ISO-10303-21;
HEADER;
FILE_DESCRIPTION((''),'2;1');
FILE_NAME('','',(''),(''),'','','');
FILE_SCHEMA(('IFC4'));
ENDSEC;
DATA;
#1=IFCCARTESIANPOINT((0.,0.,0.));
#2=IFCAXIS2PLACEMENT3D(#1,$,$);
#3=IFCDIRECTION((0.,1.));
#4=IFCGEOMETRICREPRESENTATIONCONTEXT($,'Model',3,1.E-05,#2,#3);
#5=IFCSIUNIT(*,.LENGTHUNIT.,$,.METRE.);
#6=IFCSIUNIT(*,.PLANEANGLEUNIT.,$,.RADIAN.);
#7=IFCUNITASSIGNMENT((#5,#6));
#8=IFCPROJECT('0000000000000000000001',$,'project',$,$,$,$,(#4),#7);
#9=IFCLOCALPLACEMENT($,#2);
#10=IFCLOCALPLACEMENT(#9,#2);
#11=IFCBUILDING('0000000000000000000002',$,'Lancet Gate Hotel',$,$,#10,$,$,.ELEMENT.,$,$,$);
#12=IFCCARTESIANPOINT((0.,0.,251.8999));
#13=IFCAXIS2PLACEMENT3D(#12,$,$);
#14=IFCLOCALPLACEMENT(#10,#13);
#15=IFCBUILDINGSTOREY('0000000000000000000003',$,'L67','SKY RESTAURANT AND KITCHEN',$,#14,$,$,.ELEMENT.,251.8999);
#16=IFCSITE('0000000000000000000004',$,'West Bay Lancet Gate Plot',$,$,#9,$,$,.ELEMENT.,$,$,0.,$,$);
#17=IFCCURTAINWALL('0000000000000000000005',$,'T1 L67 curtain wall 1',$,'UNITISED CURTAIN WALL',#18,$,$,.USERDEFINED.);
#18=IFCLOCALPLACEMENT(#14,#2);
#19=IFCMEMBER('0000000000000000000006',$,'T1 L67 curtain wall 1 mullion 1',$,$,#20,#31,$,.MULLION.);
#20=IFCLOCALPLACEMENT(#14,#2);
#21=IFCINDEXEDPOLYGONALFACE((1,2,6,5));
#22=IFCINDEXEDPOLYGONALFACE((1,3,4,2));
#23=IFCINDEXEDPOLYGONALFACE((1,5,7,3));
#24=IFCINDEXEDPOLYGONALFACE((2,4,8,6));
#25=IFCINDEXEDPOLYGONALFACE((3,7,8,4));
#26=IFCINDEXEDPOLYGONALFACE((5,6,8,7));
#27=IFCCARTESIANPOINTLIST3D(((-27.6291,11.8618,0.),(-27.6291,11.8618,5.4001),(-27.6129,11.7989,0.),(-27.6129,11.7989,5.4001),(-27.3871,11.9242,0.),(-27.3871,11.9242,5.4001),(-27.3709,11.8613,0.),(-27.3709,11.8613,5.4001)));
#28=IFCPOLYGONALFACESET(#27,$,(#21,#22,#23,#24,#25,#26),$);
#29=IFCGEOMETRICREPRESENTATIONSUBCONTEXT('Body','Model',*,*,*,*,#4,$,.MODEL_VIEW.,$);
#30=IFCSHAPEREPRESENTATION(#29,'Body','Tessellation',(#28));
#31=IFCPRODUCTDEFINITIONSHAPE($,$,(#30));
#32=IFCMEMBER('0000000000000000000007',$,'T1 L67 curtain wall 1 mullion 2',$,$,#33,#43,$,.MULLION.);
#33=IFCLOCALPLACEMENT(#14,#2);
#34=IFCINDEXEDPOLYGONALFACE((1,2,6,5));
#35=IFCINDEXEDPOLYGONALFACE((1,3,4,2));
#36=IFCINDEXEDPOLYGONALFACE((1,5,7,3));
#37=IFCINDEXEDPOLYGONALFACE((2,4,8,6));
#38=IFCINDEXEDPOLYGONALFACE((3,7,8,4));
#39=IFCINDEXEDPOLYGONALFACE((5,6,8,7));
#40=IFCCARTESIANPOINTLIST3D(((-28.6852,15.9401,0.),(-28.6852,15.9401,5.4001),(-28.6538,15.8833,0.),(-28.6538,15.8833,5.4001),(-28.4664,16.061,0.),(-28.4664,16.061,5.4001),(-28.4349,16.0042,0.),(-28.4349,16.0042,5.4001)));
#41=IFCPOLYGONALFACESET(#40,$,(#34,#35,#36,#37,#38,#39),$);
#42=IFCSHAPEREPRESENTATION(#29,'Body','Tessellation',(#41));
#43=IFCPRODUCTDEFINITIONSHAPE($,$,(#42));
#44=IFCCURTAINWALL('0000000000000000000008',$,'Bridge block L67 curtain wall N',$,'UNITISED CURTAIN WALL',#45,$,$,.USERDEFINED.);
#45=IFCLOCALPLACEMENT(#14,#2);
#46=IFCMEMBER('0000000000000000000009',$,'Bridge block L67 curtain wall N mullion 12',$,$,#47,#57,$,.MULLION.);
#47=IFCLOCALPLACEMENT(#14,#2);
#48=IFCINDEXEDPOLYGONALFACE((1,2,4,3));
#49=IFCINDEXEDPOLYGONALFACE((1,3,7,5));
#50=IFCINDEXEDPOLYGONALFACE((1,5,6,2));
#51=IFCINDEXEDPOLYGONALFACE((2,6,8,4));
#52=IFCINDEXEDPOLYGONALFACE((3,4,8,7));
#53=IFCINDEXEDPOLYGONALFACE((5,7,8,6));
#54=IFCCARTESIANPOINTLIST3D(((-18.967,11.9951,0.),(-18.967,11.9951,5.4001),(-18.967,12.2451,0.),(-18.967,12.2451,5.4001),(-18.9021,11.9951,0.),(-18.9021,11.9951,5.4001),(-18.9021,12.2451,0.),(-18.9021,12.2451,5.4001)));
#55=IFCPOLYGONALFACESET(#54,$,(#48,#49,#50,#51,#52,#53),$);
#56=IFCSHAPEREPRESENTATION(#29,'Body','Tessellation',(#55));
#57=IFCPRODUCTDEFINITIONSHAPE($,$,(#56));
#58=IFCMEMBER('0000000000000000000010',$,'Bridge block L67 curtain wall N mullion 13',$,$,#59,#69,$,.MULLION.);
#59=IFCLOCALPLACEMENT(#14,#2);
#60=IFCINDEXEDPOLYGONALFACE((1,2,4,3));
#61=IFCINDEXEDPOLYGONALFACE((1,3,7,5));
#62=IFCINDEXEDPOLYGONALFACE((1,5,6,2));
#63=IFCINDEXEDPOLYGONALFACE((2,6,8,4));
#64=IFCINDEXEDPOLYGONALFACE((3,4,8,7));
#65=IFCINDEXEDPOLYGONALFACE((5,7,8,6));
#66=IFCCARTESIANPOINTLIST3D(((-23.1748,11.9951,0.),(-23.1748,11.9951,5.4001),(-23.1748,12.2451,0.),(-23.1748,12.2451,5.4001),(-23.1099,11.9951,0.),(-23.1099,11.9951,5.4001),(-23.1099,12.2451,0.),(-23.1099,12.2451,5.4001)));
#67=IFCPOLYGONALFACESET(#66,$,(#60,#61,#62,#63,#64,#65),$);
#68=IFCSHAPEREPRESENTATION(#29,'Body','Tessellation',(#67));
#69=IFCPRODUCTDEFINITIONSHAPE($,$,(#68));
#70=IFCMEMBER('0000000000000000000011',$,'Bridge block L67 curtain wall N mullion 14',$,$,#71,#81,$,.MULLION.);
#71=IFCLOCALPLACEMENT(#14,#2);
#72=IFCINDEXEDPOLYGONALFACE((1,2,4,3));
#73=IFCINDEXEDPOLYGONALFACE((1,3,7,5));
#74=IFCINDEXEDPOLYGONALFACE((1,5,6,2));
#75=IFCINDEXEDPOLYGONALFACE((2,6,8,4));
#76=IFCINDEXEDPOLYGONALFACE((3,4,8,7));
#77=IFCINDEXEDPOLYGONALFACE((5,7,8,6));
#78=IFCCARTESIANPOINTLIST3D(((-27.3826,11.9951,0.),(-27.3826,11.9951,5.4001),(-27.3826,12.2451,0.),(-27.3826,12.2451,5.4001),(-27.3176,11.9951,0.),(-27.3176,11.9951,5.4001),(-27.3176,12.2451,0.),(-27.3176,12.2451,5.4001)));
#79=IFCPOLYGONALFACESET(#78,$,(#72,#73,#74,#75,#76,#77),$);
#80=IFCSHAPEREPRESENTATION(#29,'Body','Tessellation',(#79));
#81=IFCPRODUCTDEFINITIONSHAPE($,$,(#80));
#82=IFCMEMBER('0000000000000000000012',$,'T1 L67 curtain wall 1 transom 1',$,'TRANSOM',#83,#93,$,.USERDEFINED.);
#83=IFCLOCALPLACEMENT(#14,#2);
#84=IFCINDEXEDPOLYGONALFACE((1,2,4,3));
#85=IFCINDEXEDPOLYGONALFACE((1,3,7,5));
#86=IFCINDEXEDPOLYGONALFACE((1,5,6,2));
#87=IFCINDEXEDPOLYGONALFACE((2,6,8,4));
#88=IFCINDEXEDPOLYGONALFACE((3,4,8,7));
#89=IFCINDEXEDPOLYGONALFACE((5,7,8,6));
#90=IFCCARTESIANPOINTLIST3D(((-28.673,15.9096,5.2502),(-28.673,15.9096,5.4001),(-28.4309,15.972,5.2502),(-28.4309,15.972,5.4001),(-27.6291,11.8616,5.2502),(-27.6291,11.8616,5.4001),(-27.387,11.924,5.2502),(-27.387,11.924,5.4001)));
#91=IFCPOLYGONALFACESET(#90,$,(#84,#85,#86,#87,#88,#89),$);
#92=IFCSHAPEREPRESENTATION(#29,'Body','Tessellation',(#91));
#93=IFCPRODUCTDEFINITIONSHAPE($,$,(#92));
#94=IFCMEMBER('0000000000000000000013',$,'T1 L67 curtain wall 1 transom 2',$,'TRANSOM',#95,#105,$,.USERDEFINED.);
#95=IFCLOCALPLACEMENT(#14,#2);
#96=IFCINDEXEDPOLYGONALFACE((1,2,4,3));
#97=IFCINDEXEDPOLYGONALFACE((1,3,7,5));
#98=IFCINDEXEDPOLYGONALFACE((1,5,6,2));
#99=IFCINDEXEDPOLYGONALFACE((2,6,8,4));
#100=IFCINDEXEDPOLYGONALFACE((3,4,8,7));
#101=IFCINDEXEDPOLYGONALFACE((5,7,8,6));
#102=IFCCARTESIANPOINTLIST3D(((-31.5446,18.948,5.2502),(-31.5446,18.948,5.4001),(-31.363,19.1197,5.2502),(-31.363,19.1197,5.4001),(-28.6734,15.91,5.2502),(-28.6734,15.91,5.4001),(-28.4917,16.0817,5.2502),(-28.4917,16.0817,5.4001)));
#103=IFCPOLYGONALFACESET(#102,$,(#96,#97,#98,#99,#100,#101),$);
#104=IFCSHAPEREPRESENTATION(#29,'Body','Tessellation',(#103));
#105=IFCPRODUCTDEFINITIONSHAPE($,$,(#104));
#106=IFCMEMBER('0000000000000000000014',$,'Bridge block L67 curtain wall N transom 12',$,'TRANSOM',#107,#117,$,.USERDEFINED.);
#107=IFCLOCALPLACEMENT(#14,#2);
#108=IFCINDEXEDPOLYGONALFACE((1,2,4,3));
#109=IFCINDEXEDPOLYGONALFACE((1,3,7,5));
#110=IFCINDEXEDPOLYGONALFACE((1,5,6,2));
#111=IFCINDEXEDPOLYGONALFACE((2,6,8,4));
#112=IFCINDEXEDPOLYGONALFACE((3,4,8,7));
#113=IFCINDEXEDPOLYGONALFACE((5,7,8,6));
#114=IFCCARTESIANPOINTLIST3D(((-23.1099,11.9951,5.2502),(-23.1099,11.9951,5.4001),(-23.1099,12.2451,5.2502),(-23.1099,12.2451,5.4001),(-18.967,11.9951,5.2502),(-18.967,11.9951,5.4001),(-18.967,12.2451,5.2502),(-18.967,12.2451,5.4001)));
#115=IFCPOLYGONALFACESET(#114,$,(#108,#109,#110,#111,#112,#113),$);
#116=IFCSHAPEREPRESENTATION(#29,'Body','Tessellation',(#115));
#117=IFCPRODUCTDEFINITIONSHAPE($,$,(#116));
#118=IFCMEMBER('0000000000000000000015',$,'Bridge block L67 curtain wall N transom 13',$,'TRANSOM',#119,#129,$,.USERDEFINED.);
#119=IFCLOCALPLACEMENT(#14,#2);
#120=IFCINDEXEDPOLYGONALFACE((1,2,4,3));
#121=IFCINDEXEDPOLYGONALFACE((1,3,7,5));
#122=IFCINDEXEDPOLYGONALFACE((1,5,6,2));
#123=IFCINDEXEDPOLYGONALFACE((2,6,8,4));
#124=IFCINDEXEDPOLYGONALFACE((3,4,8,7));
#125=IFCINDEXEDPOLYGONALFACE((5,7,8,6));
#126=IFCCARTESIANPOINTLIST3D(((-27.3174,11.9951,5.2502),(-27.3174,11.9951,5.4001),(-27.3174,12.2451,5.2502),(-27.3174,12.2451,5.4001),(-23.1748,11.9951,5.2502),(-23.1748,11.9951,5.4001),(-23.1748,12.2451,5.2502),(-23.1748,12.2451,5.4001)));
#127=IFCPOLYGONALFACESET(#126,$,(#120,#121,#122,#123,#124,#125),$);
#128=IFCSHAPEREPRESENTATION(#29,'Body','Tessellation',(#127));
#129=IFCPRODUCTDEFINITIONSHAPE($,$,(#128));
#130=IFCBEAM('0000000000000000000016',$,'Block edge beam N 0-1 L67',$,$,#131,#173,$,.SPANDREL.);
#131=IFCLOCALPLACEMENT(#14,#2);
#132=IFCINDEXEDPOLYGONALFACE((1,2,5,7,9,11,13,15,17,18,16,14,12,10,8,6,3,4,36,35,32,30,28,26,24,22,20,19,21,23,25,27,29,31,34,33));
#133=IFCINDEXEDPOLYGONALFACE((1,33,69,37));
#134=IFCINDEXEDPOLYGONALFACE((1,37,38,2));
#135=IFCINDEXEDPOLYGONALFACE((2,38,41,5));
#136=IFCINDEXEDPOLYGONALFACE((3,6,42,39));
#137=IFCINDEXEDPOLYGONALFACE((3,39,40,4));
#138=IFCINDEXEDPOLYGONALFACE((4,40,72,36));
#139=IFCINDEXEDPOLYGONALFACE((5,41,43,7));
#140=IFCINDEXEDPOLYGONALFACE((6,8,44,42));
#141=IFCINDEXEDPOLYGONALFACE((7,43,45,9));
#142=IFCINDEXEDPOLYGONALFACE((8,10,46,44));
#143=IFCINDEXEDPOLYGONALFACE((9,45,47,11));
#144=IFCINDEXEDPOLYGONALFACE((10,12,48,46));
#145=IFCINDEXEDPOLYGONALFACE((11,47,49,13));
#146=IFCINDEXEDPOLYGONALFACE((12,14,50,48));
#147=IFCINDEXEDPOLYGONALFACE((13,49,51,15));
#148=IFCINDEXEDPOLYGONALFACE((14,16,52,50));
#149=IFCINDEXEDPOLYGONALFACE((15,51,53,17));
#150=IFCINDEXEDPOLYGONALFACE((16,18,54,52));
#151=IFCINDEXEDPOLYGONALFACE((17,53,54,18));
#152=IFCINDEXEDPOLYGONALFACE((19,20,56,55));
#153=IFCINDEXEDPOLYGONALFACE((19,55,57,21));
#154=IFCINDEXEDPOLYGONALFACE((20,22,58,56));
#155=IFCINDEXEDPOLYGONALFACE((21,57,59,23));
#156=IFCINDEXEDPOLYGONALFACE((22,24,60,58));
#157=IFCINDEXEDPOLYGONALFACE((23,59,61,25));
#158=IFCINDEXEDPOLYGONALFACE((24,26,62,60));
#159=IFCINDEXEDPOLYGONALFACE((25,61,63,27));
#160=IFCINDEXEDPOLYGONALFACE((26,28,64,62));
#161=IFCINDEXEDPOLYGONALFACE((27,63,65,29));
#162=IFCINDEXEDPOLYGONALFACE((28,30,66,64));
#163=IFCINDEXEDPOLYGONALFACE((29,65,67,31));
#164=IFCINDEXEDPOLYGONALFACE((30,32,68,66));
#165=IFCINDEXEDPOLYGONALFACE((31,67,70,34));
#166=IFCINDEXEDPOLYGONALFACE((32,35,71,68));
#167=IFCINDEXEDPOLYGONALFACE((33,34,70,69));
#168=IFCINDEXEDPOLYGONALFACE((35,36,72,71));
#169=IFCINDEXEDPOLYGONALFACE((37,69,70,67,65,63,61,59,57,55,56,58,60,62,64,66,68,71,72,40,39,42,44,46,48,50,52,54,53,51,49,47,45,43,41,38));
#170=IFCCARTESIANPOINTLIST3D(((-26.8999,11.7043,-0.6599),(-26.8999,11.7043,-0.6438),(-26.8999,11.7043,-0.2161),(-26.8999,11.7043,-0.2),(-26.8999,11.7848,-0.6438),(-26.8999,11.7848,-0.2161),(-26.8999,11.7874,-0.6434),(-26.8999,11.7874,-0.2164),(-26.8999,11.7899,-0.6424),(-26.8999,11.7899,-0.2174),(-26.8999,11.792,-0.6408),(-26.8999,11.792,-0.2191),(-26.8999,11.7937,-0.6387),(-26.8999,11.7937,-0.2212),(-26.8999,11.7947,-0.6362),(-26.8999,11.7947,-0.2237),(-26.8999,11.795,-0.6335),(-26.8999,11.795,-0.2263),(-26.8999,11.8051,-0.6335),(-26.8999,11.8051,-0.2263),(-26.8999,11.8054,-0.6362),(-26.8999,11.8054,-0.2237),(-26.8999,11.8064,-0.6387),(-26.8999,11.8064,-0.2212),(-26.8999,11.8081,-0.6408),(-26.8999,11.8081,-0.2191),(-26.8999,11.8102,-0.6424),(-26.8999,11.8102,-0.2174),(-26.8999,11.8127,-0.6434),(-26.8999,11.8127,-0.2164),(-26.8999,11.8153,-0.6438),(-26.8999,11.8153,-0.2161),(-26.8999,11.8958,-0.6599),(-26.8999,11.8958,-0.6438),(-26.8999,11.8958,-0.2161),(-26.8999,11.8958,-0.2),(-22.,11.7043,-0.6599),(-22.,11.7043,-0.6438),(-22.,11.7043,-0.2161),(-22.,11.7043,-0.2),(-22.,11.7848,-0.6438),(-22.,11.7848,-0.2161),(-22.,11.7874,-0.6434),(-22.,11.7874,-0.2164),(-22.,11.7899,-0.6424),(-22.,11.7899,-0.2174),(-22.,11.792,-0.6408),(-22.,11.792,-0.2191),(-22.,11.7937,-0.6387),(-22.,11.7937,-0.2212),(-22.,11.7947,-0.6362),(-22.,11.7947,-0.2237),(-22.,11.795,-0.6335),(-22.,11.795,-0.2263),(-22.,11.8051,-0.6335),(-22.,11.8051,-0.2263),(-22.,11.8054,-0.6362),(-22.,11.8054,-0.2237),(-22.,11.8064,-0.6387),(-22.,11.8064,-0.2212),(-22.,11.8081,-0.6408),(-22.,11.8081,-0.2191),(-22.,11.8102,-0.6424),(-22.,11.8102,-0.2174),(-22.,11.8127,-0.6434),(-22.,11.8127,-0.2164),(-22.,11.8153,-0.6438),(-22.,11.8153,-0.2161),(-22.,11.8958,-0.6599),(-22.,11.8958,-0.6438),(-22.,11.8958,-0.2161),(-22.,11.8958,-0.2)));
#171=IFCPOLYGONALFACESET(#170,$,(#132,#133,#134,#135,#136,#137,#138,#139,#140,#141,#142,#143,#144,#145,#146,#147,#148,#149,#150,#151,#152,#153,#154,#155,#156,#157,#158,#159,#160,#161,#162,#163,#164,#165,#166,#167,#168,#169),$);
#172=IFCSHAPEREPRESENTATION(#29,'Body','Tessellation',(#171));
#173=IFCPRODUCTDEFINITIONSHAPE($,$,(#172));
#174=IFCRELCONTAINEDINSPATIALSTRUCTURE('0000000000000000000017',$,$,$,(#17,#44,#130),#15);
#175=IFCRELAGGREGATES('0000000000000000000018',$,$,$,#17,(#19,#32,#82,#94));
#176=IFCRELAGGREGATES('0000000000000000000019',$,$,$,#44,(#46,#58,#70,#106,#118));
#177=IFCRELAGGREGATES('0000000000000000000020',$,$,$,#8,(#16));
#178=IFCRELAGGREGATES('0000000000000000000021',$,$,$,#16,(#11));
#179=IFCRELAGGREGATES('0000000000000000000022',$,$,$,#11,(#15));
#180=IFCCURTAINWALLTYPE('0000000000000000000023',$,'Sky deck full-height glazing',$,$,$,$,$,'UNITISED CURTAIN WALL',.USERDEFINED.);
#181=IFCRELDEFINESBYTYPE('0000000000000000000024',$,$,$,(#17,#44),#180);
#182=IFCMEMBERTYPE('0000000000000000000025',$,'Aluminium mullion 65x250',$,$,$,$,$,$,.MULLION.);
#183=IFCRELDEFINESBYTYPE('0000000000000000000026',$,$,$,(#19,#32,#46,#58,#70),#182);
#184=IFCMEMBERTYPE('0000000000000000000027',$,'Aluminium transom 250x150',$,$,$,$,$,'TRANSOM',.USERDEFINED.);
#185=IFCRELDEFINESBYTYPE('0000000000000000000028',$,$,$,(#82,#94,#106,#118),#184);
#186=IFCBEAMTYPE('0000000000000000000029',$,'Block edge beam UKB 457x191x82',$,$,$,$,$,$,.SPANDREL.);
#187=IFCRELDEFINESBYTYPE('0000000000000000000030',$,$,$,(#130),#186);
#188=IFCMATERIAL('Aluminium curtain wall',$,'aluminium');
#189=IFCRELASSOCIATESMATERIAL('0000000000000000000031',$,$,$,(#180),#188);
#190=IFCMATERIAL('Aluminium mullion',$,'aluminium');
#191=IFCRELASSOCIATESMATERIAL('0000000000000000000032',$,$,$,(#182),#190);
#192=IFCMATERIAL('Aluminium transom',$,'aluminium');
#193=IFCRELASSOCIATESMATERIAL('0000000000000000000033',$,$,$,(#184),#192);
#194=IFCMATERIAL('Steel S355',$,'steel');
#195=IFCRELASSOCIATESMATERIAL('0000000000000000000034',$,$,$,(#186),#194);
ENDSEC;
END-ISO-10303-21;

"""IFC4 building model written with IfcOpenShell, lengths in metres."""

from ifc_helpers import new_model, si_unit, direction, frame, origin, origin_2d, place, context, subcontext, project, spatial, rectangle, i_section, extrude, material, material_profile, profile_set, type_object, element, aggregate, save


model = new_model("IFC4")

# Units and contexts
model_context = context("Model", 3, precision=1e-05, world=origin(), true_north=direction((0.0, 1.0)))
body_context = subcontext(model_context, "Body", "Model", "MODEL_VIEW")
ifc_project = project(units=[si_unit("LENGTHUNIT", "METRE"), si_unit("PLANEANGLEUNIT", "RADIAN")], contexts=[model_context])

# Site, building, storey
site_placement = place(None, origin())
site = spatial("IfcSite", under=ifc_project, at=site_placement, Name="West Bay Lancet Gate Plot", CompositionType="ELEMENT", RefElevation=0.0)
building_placement = place(site_placement, origin())
building = spatial("IfcBuilding", under=site, at=building_placement, Name="Lancet Gate Hotel", CompositionType="ELEMENT")
storey_placement = place(building_placement, frame((0.0, 0.0, 251.8999)))
storey = spatial("IfcBuildingStorey", under=building, at=storey_placement, Name="L67", Description="SKY RESTAURANT AND KITCHEN", CompositionType="ELEMENT", Elevation=251.8999)

# Curtain walls, members
ifc_material_1 = material(Name="Aluminium curtain wall", Category="aluminium")
curtain_wall_type = type_object("IfcCurtainWallType", Name="Sky deck full-height glazing", ElementType="UNITISED CURTAIN WALL", PredefinedType="USERDEFINED", material=ifc_material_1)
curtain_wall_1_placement = place(storey_placement, origin())
curtain_wall_1 = element("IfcCurtainWall", 1, at=curtain_wall_1_placement, inside=storey, type_object=curtain_wall_type, Name="T1 L67 curtain wall 1", ObjectType="UNITISED CURTAIN WALL", PredefinedType="USERDEFINED")
ifc_material_2 = material(Name="Aluminium mullion", Category="aluminium")
ifc_material_profile_1 = material_profile(ifc_material_2, rectangle(XDim=0.0649, YDim=0.25, at=origin_2d()), Name="MULLION 65x250")
ifc_profile_set_1 = profile_set([ifc_material_profile_1], Name="Aluminium mullion")
member_type_1 = type_object("IfcMemberType", Name="Aluminium mullion 65x250", PredefinedType="MULLION", material=ifc_profile_set_1)
member_1_placement = place(storey_placement, frame((-27.5, 11.8616, 0.0), z_axis=(0.0, 0.0, 1.0), x_axis=(-0.249726, 0.968317, 0.0)))
member_1 = element("IfcMember", 2, at=member_1_placement, type_object=member_type_1, Name="T1 L67 curtain wall 1 mullion 1", PredefinedType="MULLION", context=body_context, shape_type="SweptSolid", body=[
    extrude(rectangle(XDim=0.0649, YDim=0.25, at=origin_2d()), origin(), (0.0, 0.0, 1.0), 5.4001),
])
member_2_placement = place(storey_placement, frame((-28.5601, 15.9722, 0.0), z_axis=(0.0, 0.0, 1.0), x_axis=(-0.483627, 0.875274, 0.0)))
member_2 = element("IfcMember", 3, at=member_2_placement, type_object=member_type_1, Name="T1 L67 curtain wall 1 mullion 2", PredefinedType="MULLION", context=body_context, shape_type="SweptSolid", body=[
    extrude(rectangle(XDim=0.0649, YDim=0.25, at=origin_2d()), origin(), (0.0, 0.0, 1.0), 5.4001),
])
curtain_wall_2_placement = place(storey_placement, origin())
curtain_wall_2 = element("IfcCurtainWall", 4, at=curtain_wall_2_placement, inside=storey, type_object=curtain_wall_type, Name="Bridge block L67 curtain wall N", ObjectType="UNITISED CURTAIN WALL", PredefinedType="USERDEFINED")
member_3_placement = place(storey_placement, frame((-18.9346, 12.1201, 0.0), z_axis=(0.0, 0.0, 1.0), x_axis=(-1.0, 0.0, 0.0)))
member_3 = element("IfcMember", 5, at=member_3_placement, type_object=member_type_1, Name="Bridge block L67 curtain wall N mullion 12", PredefinedType="MULLION", context=body_context, shape_type="SweptSolid", body=[
    extrude(rectangle(XDim=0.0649, YDim=0.25, at=origin_2d()), origin(), (0.0, 0.0, 1.0), 5.4001),
])
member_4_placement = place(storey_placement, frame((-23.1423, 12.1201, 0.0), z_axis=(0.0, 0.0, 1.0), x_axis=(-1.0, 0.0, 0.0)))
member_4 = element("IfcMember", 6, at=member_4_placement, type_object=member_type_1, Name="Bridge block L67 curtain wall N mullion 13", PredefinedType="MULLION", context=body_context, shape_type="SweptSolid", body=[
    extrude(rectangle(XDim=0.0649, YDim=0.25, at=origin_2d()), origin(), (0.0, 0.0, 1.0), 5.4001),
])
member_5_placement = place(storey_placement, frame((-27.3501, 12.1201, 0.0), z_axis=(0.0, 0.0, 1.0), x_axis=(-1.0, 0.0, 0.0)))
member_5 = element("IfcMember", 7, at=member_5_placement, type_object=member_type_1, Name="Bridge block L67 curtain wall N mullion 14", PredefinedType="MULLION", context=body_context, shape_type="SweptSolid", body=[
    extrude(rectangle(XDim=0.0649, YDim=0.25, at=origin_2d()), origin(), (0.0, 0.0, 1.0), 5.4001),
])

# Members
ifc_material_3 = material(Name="Aluminium transom", Category="aluminium")
ifc_material_profile_2 = material_profile(ifc_material_3, rectangle(XDim=0.25, YDim=0.1499, at=origin_2d()), Name="TRANSOM 250x150")
ifc_profile_set_2 = profile_set([ifc_material_profile_2], Name="Aluminium transom")
member_type_2 = type_object("IfcMemberType", Name="Aluminium transom 250x150", ElementType="TRANSOM", PredefinedType="USERDEFINED", material=ifc_profile_set_2)
member_6_placement = place(storey_placement, frame((-27.5081, 11.8928, 5.3252), z_axis=(-0.249716, 0.968319, 0.0), x_axis=(-0.968319, -0.249716, 0.0)))
member_6 = element("IfcMember", 8, at=member_6_placement, type_object=member_type_2, Name="T1 L67 curtain wall 1 transom 1", ObjectType="TRANSOM", PredefinedType="USERDEFINED", context=body_context, shape_type="SweptSolid", body=[
    extrude(rectangle(XDim=0.25, YDim=0.1499, at=origin_2d()), origin(), (0.0, 0.0, 1.0), 4.1804),
])
member_7_placement = place(storey_placement, frame((-28.5825, 15.9958, 5.3252), z_axis=(-0.686881, 0.72677, 0.0), x_axis=(-0.72677, -0.686881, 0.0)))
member_7 = element("IfcMember", 9, at=member_7_placement, type_object=member_type_2, Name="T1 L67 curtain wall 1 transom 2", ObjectType="TRANSOM", PredefinedType="USERDEFINED", context=body_context, shape_type="SweptSolid", body=[
    extrude(rectangle(XDim=0.25, YDim=0.1499, at=origin_2d()), origin(), (0.0, 0.0, 1.0), 4.1802),
])
member_8_placement = place(storey_placement, frame((-18.967, 12.1201, 5.3252), z_axis=(-1.0, 0.0, 0.0), x_axis=(0.0, -1.0, 0.0)))
member_8 = element("IfcMember", 10, at=member_8_placement, type_object=member_type_2, Name="Bridge block L67 curtain wall N transom 12", ObjectType="TRANSOM", PredefinedType="USERDEFINED", context=body_context, shape_type="SweptSolid", body=[
    extrude(rectangle(XDim=0.25, YDim=0.1499, at=origin_2d()), origin(), (0.0, 0.0, 1.0), 4.1428),
])
member_9_placement = place(storey_placement, frame((-23.1748, 12.1201, 5.3252), z_axis=(-1.0, 0.0, 0.0), x_axis=(0.0, -1.0, 0.0)))
member_9 = element("IfcMember", 11, at=member_9_placement, type_object=member_type_2, Name="Bridge block L67 curtain wall N transom 13", ObjectType="TRANSOM", PredefinedType="USERDEFINED", context=body_context, shape_type="SweptSolid", body=[
    extrude(rectangle(XDim=0.25, YDim=0.1499, at=origin_2d()), origin(), (0.0, 0.0, 1.0), 4.1426),
])

# Beam
ifc_material_4 = material(Name="Steel S355", Category="steel")
ifc_material_profile_3 = material_profile(ifc_material_4, i_section(OverallWidth=0.1914, OverallDepth=0.46, WebThickness=0.01, FlangeThickness=0.0161, FilletRadius=0.0103, at=origin_2d()), Name="UKB 457x191x82")
ifc_profile_set_3 = profile_set([ifc_material_profile_3], Name="Steel S355")
beam_type_1 = type_object("IfcBeamType", Name="Block edge beam UKB 457x191x82", PredefinedType="SPANDREL", material=ifc_profile_set_3)
beam_1_placement = place(storey_placement, frame((-26.8999, 11.8, -0.4299), z_axis=(1.0, 0.0, 0.0), x_axis=(0.0, 1.0, 0.0)))
element("IfcBeam", 12, at=beam_1_placement, inside=storey, type_object=beam_type_1, Name="Block edge beam N 0-1 L67", PredefinedType="SPANDREL", context=body_context, shape_type="SweptSolid", body=[
    extrude(i_section(OverallWidth=0.1914, OverallDepth=0.46, WebThickness=0.01, FlangeThickness=0.0161, FilletRadius=0.0103, at=origin_2d()), origin(), (0.0, 0.0, 1.0), 4.8999),
])

aggregate(curtain_wall_1, [member_1, member_2, member_6, member_7])
aggregate(curtain_wall_2, [member_3, member_4, member_5, member_8, member_9])

save(model, "model.ifc")
